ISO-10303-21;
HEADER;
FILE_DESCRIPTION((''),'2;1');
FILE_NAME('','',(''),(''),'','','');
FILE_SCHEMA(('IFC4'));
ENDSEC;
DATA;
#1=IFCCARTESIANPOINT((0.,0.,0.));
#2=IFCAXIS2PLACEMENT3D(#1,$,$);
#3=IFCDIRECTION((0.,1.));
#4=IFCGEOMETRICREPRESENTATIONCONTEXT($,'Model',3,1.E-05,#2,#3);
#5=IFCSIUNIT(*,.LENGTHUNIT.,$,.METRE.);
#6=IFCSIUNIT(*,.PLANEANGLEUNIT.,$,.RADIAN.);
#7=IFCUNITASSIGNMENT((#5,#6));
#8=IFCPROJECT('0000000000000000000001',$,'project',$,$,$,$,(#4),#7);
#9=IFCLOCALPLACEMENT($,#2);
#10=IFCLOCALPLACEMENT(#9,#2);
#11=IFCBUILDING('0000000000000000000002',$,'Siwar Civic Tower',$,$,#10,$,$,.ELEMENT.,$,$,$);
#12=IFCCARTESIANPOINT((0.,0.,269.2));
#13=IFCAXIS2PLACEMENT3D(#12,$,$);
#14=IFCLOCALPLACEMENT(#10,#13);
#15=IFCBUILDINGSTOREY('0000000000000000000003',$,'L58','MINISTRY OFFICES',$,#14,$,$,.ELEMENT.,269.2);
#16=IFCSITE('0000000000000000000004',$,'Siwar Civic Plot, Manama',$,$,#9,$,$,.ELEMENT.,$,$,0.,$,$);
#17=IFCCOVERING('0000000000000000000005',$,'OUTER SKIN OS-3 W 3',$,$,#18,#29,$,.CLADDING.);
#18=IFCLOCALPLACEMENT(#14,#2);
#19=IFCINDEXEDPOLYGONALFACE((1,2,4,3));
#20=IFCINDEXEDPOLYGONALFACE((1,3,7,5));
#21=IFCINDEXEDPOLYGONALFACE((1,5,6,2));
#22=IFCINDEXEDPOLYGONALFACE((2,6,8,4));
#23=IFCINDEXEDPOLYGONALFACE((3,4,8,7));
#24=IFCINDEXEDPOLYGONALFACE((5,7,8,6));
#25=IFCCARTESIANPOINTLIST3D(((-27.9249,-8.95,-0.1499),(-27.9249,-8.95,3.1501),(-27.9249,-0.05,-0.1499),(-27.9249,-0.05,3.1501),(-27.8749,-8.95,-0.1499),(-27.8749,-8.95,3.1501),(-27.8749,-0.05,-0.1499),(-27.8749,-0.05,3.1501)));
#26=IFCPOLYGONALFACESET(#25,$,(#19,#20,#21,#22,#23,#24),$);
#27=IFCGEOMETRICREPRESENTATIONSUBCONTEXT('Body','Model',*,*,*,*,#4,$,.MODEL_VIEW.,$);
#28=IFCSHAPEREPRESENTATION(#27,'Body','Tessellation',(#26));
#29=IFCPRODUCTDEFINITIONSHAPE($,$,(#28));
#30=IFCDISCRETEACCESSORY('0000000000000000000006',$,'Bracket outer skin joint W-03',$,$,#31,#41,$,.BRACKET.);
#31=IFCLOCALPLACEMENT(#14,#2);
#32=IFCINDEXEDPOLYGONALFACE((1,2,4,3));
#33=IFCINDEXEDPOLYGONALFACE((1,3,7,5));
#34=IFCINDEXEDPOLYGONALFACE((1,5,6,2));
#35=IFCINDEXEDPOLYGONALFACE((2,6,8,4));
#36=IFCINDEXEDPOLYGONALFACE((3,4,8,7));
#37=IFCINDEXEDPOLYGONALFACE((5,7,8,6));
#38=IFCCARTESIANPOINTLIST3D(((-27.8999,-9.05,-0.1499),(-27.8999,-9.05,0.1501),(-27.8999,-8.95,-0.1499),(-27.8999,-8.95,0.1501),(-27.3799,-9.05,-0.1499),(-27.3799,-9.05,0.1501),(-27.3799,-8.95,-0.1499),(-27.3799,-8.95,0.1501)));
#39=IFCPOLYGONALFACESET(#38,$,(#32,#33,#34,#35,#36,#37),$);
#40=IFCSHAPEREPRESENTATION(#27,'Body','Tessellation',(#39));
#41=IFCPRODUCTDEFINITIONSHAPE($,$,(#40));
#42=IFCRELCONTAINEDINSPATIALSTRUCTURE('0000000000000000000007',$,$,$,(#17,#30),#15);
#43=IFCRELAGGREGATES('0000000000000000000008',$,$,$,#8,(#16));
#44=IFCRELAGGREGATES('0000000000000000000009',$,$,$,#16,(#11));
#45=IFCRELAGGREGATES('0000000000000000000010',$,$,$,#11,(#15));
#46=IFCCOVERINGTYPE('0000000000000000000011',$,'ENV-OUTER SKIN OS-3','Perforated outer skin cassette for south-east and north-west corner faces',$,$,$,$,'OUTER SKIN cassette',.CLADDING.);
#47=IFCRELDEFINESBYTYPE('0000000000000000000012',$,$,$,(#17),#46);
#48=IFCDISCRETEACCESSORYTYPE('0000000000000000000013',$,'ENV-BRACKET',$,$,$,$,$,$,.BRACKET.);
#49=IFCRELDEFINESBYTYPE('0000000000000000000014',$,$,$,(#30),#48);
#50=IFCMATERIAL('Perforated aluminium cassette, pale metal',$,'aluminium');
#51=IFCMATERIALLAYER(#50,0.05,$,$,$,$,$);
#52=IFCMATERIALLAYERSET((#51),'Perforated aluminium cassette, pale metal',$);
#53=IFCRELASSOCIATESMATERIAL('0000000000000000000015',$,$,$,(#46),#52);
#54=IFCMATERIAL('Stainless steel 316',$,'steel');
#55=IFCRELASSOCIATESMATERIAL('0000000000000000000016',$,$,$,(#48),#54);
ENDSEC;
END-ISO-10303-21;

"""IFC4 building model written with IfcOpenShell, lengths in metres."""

from ifc_helpers import new_model, si_unit, direction, frame, origin, origin_2d, place, context, subcontext, project, spatial, rectangle, extrude, material, layer, layer_set, type_object, element, save


model = new_model("IFC4")

# Units and contexts
model_context = context("Model", 3, precision=1e-05, world=origin(), true_north=direction((0.0, 1.0)))
body_context = subcontext(model_context, "Body", "Model", "MODEL_VIEW")
ifc_project = project(units=[si_unit("LENGTHUNIT", "METRE"), si_unit("PLANEANGLEUNIT", "RADIAN")], contexts=[model_context])

# Site, building, storey
site_placement = place(None, origin())
site = spatial("IfcSite", under=ifc_project, at=site_placement, Name="Siwar Civic Plot, Manama", CompositionType="ELEMENT", RefElevation=0.0)
building_placement = place(site_placement, origin())
building = spatial("IfcBuilding", under=site, at=building_placement, Name="Siwar Civic Tower", CompositionType="ELEMENT")
storey_placement = place(building_placement, frame((0.0, 0.0, 269.2)))
storey = spatial("IfcBuildingStorey", under=building, at=storey_placement, Name="L58", Description="MINISTRY OFFICES", CompositionType="ELEMENT", Elevation=269.2)

# Covering
ifc_material_1 = material(Name="Perforated aluminium cassette, pale metal", Category="aluminium")
ifc_layer_1 = layer(ifc_material_1, 0.05)
ifc_layer_set_1 = layer_set([ifc_layer_1], Name="Perforated aluminium cassette, pale metal")
covering_type = type_object("IfcCoveringType", Name="ENV-OUTER SKIN OS-3", Description="Perforated outer skin cassette for south-east and north-west corner faces", ElementType="OUTER SKIN cassette", PredefinedType="CLADDING", material=ifc_layer_set_1)
covering_placement = place(storey_placement, frame((-27.8999, -4.5, -0.1499), z_axis=(0.0, 0.0, 1.0), x_axis=(0.0, -1.0, 0.0)))
element("IfcCovering", 1, at=covering_placement, inside=storey, type_object=covering_type, Name="OUTER SKIN OS-3 W 3", PredefinedType="CLADDING", context=body_context, shape_type="SweptSolid", body=[
    extrude(rectangle(XDim=8.8999, YDim=0.05, at=origin_2d()), origin(), (0.0, 0.0, 1.0), 3.3),
])

# Discrete accessory
ifc_material_2 = material(Name="Stainless steel 316", Category="steel")
discrete_accessory_type = type_object("IfcDiscreteAccessoryType", Name="ENV-BRACKET", PredefinedType="BRACKET", material=ifc_material_2)
discrete_accessory_placement = place(storey_placement, frame((-27.6399, -9.0, -0.1499), z_axis=(0.0, 0.0, 1.0), x_axis=(-1.0, 0.0, 0.0)))
element("IfcDiscreteAccessory", 2, at=discrete_accessory_placement, inside=storey, type_object=discrete_accessory_type, Name="Bracket outer skin joint W-03", PredefinedType="BRACKET", context=body_context, shape_type="SweptSolid", body=[
    extrude(rectangle(XDim=0.52, YDim=0.1001, at=origin_2d()), origin(), (0.0, 0.0, 1.0), 0.3),
])

save(model, "model.ifc")
